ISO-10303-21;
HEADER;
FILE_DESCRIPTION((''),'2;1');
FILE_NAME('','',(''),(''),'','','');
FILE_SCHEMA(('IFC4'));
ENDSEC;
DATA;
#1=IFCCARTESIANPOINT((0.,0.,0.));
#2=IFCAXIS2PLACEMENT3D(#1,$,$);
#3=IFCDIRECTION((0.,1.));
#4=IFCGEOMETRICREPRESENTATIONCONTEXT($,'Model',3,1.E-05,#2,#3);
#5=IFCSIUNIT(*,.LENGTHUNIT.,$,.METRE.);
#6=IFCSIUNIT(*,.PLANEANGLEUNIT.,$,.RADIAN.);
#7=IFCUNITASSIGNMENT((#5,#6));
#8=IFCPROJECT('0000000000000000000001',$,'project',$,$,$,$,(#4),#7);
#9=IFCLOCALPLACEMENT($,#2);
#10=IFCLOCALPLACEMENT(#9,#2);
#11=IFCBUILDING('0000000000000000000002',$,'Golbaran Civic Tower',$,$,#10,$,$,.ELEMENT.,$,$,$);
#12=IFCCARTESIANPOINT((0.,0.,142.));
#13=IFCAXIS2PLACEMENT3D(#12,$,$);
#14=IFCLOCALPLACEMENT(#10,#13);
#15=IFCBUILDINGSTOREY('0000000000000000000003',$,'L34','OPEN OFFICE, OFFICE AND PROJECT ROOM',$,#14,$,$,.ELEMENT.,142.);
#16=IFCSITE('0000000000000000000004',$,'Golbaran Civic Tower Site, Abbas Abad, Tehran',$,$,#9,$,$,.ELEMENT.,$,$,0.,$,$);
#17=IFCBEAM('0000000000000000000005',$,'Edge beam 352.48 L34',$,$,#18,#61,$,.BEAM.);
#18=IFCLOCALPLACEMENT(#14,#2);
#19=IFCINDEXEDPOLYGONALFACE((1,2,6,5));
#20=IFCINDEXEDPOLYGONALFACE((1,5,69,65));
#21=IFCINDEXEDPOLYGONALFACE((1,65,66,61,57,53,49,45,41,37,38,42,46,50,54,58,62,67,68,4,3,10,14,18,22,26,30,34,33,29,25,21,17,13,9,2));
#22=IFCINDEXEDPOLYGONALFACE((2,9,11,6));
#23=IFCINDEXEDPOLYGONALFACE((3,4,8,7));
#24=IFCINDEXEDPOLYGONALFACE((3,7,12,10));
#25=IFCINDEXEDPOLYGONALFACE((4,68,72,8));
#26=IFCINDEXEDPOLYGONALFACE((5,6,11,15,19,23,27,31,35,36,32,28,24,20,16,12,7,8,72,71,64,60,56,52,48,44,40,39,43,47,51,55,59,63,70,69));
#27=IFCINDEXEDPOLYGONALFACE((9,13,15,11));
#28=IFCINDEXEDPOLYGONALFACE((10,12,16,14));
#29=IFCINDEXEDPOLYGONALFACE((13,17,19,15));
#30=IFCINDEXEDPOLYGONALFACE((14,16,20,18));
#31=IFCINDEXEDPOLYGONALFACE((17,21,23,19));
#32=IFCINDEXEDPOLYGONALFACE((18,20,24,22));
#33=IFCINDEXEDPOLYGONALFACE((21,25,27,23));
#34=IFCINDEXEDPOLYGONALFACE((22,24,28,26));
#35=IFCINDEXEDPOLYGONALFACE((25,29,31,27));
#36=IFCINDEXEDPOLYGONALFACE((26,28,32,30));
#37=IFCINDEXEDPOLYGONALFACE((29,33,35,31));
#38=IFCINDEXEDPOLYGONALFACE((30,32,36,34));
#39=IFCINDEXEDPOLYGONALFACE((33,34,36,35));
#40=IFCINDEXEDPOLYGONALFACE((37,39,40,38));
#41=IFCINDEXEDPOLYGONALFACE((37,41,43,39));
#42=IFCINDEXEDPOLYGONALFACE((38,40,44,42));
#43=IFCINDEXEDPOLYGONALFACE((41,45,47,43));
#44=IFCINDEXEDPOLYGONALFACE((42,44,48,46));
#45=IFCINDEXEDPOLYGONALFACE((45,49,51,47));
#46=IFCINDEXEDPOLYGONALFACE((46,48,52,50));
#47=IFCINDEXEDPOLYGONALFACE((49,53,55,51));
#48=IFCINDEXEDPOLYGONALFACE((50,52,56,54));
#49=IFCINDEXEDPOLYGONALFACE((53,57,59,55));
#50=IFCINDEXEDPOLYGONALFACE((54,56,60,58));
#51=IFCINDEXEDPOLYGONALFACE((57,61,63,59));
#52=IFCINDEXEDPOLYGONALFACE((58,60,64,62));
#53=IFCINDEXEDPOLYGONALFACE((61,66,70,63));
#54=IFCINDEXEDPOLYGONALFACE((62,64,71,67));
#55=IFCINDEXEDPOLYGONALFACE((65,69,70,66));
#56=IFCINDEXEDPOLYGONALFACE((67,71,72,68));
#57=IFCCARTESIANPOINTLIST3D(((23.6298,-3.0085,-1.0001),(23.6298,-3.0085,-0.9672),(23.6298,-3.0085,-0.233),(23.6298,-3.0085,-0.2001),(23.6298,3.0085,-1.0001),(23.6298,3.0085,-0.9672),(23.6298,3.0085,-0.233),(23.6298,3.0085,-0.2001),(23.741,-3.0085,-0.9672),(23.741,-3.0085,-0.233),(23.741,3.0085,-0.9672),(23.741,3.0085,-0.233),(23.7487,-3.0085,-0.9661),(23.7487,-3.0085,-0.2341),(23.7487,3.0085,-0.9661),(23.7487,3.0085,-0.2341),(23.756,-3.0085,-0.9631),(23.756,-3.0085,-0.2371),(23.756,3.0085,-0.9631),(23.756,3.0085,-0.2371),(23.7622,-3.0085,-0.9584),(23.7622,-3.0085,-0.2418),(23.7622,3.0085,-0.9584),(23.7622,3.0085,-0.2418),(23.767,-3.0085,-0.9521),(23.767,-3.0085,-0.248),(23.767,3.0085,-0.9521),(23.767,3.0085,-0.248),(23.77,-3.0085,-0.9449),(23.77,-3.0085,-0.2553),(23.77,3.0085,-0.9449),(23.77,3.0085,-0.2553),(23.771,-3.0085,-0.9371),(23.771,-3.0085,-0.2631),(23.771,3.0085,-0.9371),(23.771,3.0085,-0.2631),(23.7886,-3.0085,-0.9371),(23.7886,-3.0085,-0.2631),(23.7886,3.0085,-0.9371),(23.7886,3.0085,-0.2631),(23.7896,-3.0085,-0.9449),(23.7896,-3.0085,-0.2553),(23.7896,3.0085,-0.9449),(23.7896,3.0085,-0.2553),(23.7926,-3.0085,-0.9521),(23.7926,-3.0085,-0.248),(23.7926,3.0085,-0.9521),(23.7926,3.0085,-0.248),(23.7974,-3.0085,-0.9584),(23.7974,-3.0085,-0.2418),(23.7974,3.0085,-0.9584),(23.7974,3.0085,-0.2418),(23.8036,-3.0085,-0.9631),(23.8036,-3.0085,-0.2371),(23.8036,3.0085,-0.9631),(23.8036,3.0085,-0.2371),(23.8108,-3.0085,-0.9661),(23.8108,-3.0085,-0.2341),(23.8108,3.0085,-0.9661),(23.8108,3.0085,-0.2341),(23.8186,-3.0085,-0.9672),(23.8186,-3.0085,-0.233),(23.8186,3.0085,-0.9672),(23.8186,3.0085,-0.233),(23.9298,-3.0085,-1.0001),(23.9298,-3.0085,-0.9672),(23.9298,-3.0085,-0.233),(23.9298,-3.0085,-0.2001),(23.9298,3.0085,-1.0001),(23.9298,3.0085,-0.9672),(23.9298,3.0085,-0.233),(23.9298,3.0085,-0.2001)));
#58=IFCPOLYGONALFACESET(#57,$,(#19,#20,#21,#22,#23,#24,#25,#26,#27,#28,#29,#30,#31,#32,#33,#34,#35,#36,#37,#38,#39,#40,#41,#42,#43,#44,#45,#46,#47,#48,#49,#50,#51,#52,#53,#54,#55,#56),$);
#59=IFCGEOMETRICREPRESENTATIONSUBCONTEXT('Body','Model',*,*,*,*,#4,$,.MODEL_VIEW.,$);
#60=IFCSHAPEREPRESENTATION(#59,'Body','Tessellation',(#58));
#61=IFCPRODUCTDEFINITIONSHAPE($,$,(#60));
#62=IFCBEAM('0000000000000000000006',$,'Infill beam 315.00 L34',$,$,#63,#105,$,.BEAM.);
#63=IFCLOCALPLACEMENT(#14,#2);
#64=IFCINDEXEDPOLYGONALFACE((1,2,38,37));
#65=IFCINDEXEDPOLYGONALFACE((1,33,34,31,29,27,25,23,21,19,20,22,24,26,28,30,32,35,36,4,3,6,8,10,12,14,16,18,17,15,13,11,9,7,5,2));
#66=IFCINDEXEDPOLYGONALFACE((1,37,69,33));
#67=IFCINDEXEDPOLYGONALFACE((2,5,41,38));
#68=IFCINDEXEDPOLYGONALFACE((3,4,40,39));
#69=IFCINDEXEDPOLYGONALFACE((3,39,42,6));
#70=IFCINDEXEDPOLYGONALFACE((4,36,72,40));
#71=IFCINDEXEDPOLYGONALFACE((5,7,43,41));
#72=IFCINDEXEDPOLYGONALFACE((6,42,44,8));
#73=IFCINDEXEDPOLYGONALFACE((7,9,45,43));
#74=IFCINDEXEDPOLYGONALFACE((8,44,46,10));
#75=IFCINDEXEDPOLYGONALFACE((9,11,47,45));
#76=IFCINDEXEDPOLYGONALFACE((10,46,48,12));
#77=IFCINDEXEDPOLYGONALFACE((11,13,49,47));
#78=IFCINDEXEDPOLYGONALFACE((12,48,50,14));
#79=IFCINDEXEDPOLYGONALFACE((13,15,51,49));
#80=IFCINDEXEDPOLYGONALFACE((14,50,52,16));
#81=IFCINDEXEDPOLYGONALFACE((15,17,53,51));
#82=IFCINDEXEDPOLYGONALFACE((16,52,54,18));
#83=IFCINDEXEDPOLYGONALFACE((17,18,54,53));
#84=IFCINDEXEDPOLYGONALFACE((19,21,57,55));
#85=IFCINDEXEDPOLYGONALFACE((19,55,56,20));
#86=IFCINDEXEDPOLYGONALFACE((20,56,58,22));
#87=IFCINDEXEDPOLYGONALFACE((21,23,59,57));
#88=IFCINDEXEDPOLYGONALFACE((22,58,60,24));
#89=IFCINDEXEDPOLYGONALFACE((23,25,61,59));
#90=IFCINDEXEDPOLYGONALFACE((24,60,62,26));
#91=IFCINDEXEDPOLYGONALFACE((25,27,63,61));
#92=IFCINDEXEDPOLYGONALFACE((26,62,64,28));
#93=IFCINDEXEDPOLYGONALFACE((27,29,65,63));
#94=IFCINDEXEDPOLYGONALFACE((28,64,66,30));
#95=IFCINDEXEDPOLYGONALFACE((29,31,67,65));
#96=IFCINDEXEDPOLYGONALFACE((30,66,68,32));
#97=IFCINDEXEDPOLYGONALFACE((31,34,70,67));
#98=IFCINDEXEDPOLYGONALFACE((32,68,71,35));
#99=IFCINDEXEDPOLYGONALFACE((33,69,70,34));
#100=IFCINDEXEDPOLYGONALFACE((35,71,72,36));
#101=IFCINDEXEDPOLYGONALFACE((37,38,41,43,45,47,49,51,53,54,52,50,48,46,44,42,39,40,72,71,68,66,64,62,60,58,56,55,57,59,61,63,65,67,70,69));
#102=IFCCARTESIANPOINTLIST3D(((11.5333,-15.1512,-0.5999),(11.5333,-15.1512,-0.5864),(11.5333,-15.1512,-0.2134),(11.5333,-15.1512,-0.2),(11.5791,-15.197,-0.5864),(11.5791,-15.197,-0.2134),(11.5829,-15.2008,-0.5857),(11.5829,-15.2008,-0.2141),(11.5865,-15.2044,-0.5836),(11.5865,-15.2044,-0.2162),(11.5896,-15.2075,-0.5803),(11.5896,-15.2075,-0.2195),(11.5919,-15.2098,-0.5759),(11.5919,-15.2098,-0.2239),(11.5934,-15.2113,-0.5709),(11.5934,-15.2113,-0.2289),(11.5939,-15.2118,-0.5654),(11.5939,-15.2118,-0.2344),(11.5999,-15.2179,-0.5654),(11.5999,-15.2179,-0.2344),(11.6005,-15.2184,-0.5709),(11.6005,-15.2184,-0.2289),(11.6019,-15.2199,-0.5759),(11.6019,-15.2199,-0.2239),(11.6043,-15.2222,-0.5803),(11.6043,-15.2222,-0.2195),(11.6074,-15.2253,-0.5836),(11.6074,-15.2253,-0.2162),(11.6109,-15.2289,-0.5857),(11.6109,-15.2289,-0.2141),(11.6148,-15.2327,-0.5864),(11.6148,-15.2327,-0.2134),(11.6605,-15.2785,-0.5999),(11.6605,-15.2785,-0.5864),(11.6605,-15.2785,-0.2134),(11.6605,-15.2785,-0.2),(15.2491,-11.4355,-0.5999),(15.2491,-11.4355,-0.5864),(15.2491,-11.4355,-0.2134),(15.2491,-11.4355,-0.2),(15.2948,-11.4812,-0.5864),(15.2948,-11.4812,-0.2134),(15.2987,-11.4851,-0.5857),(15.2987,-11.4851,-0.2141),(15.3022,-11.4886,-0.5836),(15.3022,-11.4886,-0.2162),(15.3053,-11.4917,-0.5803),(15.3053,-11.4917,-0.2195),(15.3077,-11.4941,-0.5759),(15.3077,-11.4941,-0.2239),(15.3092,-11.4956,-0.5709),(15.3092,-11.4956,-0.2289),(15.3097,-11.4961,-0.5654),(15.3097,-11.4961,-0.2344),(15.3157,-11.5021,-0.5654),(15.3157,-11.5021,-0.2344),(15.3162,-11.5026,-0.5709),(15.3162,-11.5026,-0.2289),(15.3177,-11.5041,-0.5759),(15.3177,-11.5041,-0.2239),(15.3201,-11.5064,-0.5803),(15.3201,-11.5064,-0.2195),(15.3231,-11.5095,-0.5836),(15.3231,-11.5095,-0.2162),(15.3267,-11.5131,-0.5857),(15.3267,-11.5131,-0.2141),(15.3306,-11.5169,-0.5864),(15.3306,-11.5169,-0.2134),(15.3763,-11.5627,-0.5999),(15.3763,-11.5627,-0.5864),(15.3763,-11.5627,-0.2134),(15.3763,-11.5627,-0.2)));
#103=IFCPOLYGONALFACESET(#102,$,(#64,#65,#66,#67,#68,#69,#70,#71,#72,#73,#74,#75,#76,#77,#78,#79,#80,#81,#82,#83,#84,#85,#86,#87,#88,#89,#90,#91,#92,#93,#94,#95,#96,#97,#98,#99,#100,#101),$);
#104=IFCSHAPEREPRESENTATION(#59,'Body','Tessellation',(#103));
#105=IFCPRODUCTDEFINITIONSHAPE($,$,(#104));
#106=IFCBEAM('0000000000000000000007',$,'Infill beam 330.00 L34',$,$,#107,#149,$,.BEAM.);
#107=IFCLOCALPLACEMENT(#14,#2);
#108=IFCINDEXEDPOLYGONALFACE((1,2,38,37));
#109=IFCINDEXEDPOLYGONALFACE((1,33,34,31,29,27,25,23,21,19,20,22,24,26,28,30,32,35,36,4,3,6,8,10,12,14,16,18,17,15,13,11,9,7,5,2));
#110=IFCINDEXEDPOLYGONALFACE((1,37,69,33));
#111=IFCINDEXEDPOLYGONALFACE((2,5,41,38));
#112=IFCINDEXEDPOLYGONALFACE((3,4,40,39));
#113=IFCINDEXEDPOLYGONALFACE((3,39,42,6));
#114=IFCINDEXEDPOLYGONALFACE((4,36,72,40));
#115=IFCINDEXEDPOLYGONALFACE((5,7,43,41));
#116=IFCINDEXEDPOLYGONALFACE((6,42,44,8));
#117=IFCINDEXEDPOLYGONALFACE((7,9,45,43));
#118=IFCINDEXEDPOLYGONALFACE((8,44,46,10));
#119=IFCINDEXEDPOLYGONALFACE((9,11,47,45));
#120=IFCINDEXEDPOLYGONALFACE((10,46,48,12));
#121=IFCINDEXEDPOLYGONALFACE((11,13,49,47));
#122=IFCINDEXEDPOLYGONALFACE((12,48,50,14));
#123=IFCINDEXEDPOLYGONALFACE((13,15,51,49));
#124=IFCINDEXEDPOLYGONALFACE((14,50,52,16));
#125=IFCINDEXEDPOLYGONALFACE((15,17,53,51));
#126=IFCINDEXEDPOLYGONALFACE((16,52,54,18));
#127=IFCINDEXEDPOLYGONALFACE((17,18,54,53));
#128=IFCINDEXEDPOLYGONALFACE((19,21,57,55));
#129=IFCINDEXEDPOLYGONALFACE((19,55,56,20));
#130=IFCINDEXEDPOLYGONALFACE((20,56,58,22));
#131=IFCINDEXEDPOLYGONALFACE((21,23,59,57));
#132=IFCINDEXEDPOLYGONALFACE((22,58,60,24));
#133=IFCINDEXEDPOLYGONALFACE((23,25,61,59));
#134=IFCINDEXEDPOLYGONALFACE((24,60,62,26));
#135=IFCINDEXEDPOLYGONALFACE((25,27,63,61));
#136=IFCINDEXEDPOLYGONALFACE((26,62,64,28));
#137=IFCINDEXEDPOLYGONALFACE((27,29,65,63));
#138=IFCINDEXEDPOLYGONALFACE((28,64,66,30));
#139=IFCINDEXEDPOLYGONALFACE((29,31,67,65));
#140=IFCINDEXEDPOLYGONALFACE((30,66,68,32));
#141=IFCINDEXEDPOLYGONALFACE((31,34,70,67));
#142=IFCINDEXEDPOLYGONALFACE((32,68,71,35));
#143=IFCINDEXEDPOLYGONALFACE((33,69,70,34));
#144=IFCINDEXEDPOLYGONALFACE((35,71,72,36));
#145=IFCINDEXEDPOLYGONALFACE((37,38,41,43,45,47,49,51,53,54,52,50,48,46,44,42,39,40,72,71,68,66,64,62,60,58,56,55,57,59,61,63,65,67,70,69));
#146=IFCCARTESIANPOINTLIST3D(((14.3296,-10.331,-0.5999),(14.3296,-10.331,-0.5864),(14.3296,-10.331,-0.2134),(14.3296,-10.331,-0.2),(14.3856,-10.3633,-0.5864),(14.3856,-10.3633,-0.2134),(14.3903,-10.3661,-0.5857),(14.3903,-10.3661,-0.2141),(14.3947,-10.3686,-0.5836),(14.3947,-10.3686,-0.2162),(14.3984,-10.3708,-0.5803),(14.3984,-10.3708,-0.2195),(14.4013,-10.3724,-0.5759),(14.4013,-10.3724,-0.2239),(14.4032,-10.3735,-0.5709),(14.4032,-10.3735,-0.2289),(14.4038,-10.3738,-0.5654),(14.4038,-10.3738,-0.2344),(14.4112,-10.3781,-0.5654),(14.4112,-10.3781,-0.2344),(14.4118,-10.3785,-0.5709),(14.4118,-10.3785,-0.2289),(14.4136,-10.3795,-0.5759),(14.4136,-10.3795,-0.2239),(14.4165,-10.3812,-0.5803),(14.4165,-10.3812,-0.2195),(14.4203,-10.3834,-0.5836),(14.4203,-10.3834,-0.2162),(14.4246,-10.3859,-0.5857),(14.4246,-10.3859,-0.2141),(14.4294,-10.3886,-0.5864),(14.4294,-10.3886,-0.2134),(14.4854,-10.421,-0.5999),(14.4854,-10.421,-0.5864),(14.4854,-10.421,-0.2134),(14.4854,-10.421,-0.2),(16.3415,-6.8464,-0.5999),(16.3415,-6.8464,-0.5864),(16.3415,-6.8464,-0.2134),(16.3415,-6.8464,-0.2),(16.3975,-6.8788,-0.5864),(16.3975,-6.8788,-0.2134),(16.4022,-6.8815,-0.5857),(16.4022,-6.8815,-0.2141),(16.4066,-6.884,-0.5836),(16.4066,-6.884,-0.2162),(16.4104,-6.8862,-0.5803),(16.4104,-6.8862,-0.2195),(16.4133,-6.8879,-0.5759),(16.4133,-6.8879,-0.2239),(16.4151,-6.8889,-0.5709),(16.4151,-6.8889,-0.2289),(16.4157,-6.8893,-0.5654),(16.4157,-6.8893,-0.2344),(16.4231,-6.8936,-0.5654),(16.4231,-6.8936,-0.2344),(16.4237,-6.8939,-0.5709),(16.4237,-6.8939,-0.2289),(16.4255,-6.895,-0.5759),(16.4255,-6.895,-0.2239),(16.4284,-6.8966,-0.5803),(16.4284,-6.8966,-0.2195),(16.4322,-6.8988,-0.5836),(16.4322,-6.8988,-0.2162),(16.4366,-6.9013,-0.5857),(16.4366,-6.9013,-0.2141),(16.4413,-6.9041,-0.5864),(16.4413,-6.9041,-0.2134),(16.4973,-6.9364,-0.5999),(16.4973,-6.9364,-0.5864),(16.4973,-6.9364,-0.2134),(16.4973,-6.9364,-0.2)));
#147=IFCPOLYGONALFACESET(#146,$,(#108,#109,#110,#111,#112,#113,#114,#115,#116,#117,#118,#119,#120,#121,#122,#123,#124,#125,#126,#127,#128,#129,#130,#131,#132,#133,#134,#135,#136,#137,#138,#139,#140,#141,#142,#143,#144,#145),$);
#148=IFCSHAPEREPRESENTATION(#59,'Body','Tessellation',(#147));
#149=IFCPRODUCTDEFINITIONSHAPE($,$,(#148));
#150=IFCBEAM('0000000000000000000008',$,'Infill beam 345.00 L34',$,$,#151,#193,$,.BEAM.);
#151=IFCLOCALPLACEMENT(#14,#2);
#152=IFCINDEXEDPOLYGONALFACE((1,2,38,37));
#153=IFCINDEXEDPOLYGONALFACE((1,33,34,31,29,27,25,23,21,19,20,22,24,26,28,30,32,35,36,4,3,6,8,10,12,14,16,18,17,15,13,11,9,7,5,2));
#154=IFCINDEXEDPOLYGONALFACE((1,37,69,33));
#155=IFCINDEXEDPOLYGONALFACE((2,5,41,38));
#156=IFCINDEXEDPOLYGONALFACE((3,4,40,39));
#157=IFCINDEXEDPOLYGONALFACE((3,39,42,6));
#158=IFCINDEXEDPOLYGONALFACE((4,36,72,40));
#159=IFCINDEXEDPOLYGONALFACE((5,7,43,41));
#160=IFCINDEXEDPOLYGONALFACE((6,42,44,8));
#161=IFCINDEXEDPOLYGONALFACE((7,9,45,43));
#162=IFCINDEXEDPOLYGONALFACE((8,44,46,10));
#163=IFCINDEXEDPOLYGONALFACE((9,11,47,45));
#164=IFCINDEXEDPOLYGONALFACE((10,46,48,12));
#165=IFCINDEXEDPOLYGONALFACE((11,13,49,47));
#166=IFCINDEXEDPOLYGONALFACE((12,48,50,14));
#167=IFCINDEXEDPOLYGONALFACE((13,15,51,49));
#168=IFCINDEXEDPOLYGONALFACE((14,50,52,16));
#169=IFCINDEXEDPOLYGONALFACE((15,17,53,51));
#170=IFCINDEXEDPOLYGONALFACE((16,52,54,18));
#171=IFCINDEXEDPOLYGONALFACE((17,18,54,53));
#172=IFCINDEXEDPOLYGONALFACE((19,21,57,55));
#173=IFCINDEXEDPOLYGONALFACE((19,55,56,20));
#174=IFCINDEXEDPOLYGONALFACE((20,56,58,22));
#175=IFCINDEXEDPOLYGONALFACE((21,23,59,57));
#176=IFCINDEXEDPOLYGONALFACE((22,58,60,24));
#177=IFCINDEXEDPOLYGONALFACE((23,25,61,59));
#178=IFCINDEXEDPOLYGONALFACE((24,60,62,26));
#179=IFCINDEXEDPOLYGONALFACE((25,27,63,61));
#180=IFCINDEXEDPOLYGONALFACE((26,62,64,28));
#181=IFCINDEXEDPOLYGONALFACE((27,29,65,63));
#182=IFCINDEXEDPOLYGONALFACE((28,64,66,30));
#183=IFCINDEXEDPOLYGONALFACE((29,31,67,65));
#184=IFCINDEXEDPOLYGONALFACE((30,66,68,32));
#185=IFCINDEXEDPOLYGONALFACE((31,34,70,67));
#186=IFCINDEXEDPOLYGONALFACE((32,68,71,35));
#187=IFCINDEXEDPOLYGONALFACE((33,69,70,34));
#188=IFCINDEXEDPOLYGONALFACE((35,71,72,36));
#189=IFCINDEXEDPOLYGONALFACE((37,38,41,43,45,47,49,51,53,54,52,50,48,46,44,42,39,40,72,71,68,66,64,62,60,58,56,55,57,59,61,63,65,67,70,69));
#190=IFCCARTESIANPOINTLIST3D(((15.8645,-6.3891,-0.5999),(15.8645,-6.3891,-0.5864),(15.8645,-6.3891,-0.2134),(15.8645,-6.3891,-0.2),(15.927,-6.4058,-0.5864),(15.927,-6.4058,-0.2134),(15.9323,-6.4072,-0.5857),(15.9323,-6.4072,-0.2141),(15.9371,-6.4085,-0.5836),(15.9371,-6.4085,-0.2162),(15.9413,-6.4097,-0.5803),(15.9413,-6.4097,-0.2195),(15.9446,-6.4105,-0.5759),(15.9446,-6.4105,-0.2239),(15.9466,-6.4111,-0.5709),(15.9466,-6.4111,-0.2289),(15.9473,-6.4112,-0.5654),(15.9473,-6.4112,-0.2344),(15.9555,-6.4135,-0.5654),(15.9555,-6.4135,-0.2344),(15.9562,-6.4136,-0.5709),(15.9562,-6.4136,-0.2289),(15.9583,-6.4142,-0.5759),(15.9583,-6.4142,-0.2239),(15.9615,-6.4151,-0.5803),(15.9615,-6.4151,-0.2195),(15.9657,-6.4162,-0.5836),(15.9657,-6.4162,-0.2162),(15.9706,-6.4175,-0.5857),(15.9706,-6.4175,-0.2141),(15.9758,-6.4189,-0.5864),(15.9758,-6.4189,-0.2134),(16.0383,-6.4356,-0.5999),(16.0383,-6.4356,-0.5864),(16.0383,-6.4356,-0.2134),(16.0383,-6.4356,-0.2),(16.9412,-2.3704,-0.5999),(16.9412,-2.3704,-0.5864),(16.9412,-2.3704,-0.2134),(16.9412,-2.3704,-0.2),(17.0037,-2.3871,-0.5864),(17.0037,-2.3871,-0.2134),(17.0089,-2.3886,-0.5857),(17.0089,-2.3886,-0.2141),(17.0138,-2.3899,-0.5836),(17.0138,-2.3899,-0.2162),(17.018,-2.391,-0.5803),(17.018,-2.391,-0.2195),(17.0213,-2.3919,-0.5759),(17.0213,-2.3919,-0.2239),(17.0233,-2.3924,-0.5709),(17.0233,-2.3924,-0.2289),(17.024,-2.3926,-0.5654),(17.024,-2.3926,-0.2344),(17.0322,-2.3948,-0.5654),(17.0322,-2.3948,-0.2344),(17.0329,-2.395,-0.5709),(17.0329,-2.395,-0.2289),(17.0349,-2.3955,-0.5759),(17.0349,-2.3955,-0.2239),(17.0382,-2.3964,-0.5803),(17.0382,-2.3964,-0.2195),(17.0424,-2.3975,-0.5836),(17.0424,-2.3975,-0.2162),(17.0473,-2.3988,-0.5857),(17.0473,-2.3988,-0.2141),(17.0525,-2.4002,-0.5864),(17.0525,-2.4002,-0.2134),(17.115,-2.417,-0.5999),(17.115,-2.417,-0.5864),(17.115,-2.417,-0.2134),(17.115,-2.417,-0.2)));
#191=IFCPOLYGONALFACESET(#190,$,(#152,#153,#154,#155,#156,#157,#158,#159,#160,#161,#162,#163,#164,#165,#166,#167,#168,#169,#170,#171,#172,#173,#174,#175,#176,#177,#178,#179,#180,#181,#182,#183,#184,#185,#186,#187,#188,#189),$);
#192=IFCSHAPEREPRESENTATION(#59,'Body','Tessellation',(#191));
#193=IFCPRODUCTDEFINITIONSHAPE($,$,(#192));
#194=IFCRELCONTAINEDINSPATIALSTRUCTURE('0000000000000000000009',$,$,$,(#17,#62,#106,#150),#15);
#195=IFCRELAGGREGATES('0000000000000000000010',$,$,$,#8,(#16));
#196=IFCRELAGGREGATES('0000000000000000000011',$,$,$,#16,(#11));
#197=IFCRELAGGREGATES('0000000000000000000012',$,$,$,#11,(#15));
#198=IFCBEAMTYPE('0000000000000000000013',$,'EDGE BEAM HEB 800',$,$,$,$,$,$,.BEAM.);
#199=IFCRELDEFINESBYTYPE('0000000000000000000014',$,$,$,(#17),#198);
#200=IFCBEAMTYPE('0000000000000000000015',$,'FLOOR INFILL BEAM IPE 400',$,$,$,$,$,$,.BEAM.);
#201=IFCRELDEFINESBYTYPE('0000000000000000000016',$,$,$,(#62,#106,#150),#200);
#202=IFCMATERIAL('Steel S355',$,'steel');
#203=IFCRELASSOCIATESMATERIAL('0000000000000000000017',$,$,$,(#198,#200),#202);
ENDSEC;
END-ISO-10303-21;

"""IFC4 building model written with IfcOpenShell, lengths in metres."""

from ifc_helpers import new_model, si_unit, direction, frame, origin, origin_2d, place, context, subcontext, project, spatial, i_section, extrude, material, material_profile, profile_set, type_object, element, save


model = new_model("IFC4")

# Units and contexts
model_context = context("Model", 3, precision=1e-05, world=origin(), true_north=direction((0.0, 1.0)))
body_context = subcontext(model_context, "Body", "Model", "MODEL_VIEW")
ifc_project = project(units=[si_unit("LENGTHUNIT", "METRE"), si_unit("PLANEANGLEUNIT", "RADIAN")], contexts=[model_context])

# Site, building, storey
site_placement = place(None, origin())
site = spatial("IfcSite", under=ifc_project, at=site_placement, Name="Golbaran Civic Tower Site, Abbas Abad, Tehran", CompositionType="ELEMENT", RefElevation=0.0)
building_placement = place(site_placement, origin())
building = spatial("IfcBuilding", under=site, at=building_placement, Name="Golbaran Civic Tower", CompositionType="ELEMENT")
storey_placement = place(building_placement, frame((0.0, 0.0, 142.0)))
storey = spatial("IfcBuildingStorey", under=building, at=storey_placement, Name="L34", Description="OPEN OFFICE, OFFICE AND PROJECT ROOM", CompositionType="ELEMENT", Elevation=142.0)

# Beams
ifc_material_1 = material(Name="Steel S355", Category="steel")
ifc_material_profile_1 = material_profile(ifc_material_1, i_section(OverallWidth=0.3, OverallDepth=0.8, WebThickness=0.0176, FlangeThickness=0.033, FilletRadius=0.03, at=origin_2d()), Name="HEB 800")
ifc_profile_set_1 = profile_set([ifc_material_profile_1], Name="Steel S355")
beam_type_1 = type_object("IfcBeamType", Name="EDGE BEAM HEB 800", PredefinedType="BEAM", material=ifc_profile_set_1)
beam_1_placement = place(storey_placement, frame((23.7798, -3.0085, -0.6001), z_axis=(0.0, 1.0, 0.0), x_axis=(-1.0, 0.0, 0.0)))
element("IfcBeam", 1, at=beam_1_placement, inside=storey, type_object=beam_type_1, Name="Edge beam 352.48 L34", PredefinedType="BEAM", context=body_context, shape_type="SweptSolid", body=[
    extrude(i_section(OverallWidth=0.3, OverallDepth=0.8, WebThickness=0.0176, FlangeThickness=0.033, FilletRadius=0.03, at=origin_2d()), origin(), (0.0, 0.0, 1.0), 6.0171),
])
ifc_material_profile_2 = material_profile(ifc_material_1, i_section(OverallWidth=0.1799, OverallDepth=0.3999, WebThickness=0.0085, FlangeThickness=0.0134, FilletRadius=0.021, at=origin_2d()), Name="IPE 400")
ifc_profile_set_2 = profile_set([ifc_material_profile_2], Name="Steel S355")
beam_type_2 = type_object("IfcBeamType", Name="FLOOR INFILL BEAM IPE 400", PredefinedType="BEAM", material=ifc_profile_set_2)
beam_2_placement = place(storey_placement, frame((11.5969, -15.2148, -0.3999), z_axis=(0.707107, 0.707107, 0.0), x_axis=(-0.707107, 0.707107, 0.0)))
element("IfcBeam", 2, at=beam_2_placement, inside=storey, type_object=beam_type_2, Name="Infill beam 315.00 L34", PredefinedType="BEAM", context=body_context, shape_type="SweptSolid", body=[
    extrude(i_section(OverallWidth=0.1799, OverallDepth=0.3999, WebThickness=0.0085, FlangeThickness=0.0134, FilletRadius=0.021, at=origin_2d()), origin(), (0.0, 0.0, 1.0), 5.2549),
])
beam_3_placement = place(storey_placement, frame((14.4075, -10.376, -0.3999), z_axis=(0.500022, 0.866013, 0.0), x_axis=(-0.866013, 0.500022, 0.0)))
element("IfcBeam", 3, at=beam_3_placement, inside=storey, type_object=beam_type_2, Name="Infill beam 330.00 L34", PredefinedType="BEAM", context=body_context, shape_type="SweptSolid", body=[
    extrude(i_section(OverallWidth=0.1799, OverallDepth=0.3999, WebThickness=0.0085, FlangeThickness=0.0134, FilletRadius=0.021, at=origin_2d()), origin(), (0.0, 0.0, 1.0), 4.0237),
])
beam_4_placement = place(storey_placement, frame((15.9514, -6.4124, -0.3999), z_axis=(0.258795, 0.965932, 0.0), x_axis=(-0.965932, 0.258795, 0.0)))
element("IfcBeam", 4, at=beam_4_placement, inside=storey, type_object=beam_type_2, Name="Infill beam 345.00 L34", PredefinedType="BEAM", context=body_context, shape_type="SweptSolid", body=[
    extrude(i_section(OverallWidth=0.1799, OverallDepth=0.3999, WebThickness=0.0085, FlangeThickness=0.0134, FilletRadius=0.021, at=origin_2d()), origin(), (0.0, 0.0, 1.0), 4.1604),
])

save(model, "model.ifc")
